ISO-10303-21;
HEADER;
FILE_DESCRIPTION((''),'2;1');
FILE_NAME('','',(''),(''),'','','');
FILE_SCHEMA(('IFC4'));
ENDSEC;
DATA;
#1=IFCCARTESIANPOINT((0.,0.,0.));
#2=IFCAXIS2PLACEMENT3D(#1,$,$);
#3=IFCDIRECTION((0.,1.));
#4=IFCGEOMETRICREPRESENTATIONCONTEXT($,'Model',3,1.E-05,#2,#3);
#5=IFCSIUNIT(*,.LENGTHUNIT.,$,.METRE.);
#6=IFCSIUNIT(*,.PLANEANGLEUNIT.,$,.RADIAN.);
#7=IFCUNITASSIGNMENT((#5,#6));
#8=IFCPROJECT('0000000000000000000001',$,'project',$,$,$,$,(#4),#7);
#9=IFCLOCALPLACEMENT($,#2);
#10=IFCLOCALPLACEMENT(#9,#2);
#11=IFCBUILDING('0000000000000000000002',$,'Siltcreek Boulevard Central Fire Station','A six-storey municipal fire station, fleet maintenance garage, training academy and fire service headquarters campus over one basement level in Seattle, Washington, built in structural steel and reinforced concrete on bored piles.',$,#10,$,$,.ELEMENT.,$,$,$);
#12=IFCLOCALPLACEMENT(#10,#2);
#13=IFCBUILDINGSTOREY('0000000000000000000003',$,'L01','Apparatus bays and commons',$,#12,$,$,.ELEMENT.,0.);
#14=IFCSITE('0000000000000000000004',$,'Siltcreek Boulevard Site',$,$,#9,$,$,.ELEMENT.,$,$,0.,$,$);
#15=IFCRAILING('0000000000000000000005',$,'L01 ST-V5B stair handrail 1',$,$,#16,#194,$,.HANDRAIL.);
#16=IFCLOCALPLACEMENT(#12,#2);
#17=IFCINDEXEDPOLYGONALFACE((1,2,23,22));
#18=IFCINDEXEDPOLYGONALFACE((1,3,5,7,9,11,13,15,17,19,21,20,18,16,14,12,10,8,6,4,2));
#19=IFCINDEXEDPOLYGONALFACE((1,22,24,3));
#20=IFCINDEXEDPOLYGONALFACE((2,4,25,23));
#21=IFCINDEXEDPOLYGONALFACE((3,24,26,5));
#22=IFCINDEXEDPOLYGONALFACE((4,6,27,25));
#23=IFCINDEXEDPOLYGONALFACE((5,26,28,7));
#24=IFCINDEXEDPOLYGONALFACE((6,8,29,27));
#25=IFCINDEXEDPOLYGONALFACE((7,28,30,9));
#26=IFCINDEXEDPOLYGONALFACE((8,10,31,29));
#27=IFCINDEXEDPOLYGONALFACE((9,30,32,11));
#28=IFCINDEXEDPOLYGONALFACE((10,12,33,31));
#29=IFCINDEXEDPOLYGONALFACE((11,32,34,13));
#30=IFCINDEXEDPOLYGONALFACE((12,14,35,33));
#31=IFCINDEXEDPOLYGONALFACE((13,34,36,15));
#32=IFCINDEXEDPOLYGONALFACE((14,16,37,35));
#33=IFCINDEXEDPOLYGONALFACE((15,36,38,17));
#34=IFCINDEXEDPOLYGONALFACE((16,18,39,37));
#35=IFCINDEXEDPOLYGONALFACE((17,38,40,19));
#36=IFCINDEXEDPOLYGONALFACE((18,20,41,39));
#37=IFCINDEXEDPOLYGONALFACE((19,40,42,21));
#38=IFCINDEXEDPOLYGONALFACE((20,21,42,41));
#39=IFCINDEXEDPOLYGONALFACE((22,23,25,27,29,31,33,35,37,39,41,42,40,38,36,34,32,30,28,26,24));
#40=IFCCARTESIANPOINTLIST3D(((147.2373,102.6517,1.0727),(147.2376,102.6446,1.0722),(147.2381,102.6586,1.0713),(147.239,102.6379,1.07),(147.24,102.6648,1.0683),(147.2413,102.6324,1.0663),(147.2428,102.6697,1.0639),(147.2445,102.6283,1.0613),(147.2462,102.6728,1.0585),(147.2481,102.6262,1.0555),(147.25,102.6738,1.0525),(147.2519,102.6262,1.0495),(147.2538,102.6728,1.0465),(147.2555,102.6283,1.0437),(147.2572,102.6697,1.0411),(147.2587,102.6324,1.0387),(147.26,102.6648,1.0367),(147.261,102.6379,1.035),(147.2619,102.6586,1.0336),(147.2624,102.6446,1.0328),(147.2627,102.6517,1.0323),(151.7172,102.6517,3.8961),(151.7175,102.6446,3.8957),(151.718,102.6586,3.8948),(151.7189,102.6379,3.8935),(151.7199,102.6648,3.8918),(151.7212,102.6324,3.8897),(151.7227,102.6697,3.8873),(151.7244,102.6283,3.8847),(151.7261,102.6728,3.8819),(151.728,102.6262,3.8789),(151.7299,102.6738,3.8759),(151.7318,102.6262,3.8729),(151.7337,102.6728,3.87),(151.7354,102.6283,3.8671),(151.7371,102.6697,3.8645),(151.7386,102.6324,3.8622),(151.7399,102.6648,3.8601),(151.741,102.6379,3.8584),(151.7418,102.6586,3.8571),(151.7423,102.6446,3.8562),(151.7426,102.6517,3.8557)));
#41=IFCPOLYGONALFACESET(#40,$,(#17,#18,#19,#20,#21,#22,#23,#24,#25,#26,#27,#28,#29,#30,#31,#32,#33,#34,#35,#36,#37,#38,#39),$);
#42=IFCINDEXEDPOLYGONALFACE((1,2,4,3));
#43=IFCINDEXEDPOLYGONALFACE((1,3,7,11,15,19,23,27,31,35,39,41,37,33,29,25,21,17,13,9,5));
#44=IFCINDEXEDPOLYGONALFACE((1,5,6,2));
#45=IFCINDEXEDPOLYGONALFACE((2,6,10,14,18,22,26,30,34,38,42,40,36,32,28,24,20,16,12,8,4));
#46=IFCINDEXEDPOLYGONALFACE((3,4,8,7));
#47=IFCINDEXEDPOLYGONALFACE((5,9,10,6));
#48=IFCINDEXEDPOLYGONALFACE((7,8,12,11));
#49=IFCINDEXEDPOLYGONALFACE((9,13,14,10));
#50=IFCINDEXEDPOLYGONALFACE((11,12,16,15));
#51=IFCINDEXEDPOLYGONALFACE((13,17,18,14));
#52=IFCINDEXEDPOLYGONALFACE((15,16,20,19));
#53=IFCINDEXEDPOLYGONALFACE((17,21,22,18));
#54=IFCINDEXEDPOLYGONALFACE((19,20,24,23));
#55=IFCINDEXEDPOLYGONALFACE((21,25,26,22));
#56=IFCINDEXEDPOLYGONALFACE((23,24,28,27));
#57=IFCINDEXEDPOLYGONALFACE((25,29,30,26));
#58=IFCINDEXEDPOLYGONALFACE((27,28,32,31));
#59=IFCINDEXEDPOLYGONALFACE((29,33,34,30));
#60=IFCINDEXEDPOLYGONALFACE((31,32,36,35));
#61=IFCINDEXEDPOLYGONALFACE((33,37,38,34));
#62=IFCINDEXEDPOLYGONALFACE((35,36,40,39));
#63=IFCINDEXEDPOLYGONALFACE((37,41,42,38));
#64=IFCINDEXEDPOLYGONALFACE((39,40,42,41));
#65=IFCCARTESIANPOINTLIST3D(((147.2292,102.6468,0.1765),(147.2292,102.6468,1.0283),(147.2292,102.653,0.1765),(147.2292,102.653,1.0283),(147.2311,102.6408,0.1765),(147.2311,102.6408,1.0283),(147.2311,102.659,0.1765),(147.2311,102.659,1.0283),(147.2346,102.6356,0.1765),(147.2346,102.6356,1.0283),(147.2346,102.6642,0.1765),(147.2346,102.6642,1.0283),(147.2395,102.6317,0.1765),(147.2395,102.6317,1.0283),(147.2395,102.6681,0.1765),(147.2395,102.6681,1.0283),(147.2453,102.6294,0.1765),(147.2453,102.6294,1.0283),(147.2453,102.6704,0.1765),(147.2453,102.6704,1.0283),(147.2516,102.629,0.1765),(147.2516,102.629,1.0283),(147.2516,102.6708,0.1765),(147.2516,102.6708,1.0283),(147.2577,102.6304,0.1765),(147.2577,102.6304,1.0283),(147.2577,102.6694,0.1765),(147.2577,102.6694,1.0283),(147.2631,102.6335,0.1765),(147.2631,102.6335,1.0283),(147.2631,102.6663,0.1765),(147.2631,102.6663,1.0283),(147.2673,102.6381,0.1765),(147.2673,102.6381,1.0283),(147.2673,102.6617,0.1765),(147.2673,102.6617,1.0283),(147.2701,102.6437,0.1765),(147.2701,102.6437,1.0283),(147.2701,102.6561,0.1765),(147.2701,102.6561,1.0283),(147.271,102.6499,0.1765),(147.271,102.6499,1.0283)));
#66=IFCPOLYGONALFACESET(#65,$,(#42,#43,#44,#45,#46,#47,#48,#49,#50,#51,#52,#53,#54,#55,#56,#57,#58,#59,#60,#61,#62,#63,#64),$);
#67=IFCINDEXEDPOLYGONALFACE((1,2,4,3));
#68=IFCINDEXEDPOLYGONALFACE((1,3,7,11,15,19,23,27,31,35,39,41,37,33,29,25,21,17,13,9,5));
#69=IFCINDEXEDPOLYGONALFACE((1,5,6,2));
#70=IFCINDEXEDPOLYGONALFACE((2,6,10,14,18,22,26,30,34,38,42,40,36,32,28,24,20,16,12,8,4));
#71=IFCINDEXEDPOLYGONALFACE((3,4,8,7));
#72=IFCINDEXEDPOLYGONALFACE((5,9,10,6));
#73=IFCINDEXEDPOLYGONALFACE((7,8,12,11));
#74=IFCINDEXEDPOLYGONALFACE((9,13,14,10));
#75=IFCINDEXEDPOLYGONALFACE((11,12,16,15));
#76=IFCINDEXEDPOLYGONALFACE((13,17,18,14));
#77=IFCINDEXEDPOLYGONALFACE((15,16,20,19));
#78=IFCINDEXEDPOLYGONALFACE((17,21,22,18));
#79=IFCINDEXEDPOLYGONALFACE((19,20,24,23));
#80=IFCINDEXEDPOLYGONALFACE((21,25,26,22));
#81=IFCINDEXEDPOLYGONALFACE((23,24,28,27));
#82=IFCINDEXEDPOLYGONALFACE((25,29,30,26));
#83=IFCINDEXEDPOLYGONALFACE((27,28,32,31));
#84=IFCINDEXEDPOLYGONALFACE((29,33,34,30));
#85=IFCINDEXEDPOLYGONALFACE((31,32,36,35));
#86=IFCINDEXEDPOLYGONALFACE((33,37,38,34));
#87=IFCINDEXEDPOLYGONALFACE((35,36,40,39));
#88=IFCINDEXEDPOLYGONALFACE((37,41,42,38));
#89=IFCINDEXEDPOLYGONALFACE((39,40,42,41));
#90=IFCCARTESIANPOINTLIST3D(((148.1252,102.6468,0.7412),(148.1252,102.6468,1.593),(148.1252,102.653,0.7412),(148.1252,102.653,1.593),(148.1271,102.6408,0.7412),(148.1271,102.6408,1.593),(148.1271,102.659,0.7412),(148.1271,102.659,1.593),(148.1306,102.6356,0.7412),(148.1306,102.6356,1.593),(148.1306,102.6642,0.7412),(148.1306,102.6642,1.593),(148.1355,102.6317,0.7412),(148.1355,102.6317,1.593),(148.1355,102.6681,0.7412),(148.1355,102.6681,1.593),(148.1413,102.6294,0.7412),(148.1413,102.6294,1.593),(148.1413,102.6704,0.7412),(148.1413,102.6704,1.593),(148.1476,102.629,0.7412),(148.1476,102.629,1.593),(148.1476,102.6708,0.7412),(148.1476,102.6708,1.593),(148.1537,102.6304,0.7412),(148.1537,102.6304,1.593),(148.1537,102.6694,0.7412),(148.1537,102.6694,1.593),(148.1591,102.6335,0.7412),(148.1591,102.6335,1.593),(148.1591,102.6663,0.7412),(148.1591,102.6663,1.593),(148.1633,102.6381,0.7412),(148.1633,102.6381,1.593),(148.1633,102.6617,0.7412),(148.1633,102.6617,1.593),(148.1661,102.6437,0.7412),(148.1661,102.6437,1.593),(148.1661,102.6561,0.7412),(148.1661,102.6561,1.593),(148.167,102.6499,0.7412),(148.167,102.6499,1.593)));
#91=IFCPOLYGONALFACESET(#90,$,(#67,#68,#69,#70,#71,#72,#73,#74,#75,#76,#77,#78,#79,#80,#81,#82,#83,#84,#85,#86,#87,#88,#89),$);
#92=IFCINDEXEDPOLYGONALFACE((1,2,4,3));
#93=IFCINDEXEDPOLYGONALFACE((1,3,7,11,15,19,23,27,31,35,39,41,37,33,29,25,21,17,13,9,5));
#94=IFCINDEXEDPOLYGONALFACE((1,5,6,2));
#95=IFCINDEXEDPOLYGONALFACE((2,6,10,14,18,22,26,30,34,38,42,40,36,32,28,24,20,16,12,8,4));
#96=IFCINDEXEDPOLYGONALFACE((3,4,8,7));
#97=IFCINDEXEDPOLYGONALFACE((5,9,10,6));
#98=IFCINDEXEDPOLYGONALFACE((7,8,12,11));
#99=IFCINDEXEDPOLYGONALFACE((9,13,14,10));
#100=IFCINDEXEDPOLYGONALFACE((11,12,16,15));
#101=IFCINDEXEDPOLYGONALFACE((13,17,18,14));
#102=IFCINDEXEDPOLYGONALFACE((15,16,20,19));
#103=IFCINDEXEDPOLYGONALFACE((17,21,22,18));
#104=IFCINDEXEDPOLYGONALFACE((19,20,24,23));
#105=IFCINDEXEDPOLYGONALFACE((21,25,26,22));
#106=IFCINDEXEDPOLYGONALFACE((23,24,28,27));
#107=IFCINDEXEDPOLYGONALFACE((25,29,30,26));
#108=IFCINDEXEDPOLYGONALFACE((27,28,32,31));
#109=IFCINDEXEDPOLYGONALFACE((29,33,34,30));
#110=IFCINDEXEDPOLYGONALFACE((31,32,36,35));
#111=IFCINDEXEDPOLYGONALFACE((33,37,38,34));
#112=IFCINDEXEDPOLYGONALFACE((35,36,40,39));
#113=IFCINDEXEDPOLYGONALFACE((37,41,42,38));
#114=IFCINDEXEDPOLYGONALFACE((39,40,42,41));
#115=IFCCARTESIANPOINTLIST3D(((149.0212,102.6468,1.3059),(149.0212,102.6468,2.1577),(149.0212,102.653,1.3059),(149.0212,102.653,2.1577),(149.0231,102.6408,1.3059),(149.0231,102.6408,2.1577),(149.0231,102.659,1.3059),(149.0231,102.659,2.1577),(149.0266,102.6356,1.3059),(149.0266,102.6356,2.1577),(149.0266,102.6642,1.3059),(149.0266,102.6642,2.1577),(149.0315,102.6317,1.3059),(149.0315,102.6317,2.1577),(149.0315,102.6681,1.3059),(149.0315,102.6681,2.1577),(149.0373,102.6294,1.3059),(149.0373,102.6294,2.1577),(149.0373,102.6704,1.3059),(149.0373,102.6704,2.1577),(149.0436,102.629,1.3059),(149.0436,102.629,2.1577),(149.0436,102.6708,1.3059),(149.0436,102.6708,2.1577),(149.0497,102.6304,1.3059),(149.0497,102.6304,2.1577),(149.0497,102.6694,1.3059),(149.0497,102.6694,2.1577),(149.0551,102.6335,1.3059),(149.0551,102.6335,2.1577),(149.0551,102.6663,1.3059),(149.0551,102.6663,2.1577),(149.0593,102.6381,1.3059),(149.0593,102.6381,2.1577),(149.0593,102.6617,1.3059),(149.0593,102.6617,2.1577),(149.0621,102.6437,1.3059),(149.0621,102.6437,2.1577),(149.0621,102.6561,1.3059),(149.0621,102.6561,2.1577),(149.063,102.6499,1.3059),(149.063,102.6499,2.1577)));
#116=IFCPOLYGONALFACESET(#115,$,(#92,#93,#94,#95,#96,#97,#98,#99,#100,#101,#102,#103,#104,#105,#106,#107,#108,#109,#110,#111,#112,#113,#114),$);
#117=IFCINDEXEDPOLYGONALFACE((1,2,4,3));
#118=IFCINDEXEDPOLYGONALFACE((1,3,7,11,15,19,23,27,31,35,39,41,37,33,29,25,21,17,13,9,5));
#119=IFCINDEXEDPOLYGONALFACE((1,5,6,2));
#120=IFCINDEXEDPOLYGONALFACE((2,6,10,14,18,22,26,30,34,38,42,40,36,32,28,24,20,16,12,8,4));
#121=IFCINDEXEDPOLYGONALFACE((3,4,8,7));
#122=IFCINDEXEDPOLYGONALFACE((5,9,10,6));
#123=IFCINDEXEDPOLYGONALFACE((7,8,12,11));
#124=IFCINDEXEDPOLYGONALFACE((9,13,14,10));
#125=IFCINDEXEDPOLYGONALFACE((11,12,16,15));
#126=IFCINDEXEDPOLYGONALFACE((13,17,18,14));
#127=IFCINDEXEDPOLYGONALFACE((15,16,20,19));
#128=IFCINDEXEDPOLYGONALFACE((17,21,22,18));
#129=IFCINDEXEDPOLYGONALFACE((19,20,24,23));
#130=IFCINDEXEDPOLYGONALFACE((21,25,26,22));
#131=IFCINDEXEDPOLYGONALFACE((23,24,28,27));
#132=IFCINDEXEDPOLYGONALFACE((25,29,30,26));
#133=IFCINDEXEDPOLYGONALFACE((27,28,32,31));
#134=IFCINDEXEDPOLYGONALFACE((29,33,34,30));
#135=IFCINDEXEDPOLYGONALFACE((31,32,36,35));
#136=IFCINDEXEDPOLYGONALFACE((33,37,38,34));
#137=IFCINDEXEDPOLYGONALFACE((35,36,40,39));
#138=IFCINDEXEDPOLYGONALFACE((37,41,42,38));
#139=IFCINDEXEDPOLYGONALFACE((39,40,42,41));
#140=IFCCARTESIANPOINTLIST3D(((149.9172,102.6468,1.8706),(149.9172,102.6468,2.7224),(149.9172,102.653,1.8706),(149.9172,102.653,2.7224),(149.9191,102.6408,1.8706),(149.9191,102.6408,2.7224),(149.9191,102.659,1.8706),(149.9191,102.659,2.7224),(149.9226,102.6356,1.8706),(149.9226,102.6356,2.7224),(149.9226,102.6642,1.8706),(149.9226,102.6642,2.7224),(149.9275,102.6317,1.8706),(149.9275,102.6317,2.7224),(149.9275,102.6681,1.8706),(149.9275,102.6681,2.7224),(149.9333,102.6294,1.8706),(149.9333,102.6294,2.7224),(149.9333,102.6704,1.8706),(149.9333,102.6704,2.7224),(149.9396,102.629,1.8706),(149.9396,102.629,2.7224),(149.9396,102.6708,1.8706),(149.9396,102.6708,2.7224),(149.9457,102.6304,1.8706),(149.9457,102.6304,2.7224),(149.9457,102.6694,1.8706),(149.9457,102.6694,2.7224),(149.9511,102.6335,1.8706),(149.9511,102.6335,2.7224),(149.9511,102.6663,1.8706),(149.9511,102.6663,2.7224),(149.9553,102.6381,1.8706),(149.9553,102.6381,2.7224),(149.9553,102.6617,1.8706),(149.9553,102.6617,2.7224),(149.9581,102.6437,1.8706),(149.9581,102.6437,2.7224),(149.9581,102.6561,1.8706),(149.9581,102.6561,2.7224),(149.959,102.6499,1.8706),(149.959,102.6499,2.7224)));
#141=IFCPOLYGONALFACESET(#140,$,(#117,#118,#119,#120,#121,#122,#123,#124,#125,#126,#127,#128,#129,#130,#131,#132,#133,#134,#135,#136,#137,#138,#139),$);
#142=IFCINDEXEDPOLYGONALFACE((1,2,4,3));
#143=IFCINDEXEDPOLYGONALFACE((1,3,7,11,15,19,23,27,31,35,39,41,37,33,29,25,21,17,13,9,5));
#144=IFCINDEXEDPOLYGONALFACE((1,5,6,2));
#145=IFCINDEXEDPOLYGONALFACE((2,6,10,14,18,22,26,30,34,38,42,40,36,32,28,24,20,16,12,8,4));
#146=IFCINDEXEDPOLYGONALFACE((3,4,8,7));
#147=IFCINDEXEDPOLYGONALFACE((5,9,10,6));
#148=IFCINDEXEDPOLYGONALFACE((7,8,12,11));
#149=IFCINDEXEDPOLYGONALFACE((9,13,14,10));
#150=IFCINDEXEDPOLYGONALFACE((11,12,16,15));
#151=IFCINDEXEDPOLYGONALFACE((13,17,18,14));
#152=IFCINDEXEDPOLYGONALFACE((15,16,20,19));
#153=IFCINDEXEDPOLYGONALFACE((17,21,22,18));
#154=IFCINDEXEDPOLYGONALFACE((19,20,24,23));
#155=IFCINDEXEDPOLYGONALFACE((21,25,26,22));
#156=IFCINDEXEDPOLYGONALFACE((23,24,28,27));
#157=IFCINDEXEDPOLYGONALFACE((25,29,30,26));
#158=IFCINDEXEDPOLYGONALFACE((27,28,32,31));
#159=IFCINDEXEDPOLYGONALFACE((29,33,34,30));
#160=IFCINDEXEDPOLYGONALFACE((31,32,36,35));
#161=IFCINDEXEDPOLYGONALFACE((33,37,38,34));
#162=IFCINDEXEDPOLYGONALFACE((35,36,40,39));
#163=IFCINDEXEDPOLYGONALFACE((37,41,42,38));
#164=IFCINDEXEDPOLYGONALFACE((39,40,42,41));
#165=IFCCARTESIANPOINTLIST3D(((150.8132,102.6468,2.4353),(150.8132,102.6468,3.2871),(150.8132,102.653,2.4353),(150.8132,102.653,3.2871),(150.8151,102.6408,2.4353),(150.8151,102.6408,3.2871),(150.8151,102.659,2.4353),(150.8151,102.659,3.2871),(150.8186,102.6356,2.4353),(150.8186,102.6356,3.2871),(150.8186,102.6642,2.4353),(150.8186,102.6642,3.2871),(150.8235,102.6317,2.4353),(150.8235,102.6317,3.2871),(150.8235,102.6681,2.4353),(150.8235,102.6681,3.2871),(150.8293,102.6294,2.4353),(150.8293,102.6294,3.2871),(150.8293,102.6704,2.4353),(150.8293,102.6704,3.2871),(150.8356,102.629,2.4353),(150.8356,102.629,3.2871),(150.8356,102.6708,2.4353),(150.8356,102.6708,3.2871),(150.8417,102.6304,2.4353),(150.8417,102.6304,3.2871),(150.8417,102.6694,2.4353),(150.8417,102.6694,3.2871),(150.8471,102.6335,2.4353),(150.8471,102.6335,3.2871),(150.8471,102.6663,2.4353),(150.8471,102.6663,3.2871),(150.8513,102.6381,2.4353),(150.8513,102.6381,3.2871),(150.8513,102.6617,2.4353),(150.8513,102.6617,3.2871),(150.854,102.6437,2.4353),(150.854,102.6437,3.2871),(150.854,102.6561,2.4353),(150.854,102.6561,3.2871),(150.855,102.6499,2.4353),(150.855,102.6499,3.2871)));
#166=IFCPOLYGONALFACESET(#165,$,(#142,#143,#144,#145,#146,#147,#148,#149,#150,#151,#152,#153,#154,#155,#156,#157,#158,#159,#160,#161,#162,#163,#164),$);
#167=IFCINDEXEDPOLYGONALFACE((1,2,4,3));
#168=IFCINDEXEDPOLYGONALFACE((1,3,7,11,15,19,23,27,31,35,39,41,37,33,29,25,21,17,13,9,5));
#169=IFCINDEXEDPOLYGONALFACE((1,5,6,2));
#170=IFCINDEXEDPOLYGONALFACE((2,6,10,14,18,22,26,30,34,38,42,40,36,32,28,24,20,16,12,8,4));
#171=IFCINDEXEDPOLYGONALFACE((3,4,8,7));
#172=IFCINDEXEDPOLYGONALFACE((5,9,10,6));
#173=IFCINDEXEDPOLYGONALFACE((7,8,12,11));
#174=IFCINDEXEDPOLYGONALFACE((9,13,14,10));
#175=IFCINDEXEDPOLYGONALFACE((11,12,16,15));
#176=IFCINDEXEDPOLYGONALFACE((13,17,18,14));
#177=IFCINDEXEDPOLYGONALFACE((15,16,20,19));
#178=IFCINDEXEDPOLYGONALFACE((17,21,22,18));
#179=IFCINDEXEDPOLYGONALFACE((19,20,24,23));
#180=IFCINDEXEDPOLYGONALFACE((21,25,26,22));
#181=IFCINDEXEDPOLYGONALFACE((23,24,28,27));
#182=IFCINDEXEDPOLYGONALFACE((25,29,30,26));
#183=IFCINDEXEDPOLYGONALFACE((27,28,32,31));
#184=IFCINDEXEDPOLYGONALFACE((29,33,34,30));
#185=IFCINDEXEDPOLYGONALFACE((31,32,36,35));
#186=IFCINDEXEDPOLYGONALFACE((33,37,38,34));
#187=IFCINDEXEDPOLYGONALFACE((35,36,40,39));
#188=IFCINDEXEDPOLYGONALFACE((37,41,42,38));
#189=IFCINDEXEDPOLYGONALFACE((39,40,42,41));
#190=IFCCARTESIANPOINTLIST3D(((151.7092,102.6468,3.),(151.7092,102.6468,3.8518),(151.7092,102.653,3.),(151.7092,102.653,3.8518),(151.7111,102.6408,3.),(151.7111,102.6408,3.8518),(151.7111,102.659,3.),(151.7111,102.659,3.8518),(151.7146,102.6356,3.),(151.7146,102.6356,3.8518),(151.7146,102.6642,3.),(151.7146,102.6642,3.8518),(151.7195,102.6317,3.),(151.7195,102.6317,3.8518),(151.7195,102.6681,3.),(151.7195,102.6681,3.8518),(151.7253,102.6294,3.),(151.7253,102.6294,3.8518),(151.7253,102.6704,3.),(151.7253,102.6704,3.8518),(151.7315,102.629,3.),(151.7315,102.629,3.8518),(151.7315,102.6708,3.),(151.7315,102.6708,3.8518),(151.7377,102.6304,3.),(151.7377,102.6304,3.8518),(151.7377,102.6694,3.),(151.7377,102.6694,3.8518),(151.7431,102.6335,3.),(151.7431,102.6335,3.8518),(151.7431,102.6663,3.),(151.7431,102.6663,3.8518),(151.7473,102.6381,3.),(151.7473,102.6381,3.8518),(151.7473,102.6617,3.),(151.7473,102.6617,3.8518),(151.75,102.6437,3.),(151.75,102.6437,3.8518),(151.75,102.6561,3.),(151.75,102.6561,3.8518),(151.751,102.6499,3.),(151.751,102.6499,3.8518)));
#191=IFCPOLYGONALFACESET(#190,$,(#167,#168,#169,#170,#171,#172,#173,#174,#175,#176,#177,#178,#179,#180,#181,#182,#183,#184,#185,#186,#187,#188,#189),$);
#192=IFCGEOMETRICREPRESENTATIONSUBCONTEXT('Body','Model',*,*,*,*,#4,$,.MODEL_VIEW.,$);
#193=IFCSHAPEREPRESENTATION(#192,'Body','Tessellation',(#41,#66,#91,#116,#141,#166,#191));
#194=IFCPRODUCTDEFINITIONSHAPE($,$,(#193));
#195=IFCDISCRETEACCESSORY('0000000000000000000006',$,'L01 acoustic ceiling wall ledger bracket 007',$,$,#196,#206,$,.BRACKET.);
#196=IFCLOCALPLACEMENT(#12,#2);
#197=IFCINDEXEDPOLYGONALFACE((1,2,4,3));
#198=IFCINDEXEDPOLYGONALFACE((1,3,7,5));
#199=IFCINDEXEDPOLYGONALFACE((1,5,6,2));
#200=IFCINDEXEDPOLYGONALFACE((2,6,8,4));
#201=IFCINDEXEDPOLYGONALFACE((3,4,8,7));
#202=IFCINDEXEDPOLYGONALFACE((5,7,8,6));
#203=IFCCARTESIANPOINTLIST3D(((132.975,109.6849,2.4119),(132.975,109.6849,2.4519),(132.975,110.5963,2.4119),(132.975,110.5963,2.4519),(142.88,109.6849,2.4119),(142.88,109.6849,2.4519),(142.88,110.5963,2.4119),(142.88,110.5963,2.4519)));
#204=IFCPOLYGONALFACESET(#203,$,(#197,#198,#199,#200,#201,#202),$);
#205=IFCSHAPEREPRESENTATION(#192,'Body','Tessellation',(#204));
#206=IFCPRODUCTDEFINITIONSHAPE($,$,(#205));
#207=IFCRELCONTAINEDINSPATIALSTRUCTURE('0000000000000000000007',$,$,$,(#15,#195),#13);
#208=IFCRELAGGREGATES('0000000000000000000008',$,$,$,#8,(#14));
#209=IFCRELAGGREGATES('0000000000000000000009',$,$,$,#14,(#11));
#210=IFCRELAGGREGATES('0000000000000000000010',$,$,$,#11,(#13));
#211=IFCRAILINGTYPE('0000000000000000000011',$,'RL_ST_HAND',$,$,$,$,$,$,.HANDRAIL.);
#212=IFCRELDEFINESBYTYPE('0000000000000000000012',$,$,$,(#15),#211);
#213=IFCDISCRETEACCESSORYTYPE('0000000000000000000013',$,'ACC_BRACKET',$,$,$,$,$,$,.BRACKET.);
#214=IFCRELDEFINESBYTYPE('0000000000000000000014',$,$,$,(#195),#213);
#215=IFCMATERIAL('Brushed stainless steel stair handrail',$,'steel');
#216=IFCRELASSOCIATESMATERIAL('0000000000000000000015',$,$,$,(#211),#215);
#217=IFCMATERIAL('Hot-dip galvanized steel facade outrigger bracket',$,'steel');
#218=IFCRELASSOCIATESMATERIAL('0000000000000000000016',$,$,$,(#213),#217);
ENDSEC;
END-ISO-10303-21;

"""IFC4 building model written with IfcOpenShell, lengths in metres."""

from ifc_helpers import new_model, si_unit, direction, frame, origin, origin_2d, place, context, subcontext, project, spatial, rectangle, circle, extrude, material, type_object, element, save


model = new_model("IFC4")

# Units and contexts
model_context = context("Model", 3, precision=1e-05, world=origin(), true_north=direction((0.0, 1.0)))
body_context = subcontext(model_context, "Body", "Model", "MODEL_VIEW")
ifc_project = project(units=[si_unit("LENGTHUNIT", "METRE"), si_unit("PLANEANGLEUNIT", "RADIAN")], contexts=[model_context])

# Site, building, storey
site_placement = place(None, origin())
site = spatial("IfcSite", under=ifc_project, at=site_placement, Name="Siltcreek Boulevard Site", CompositionType="ELEMENT", RefElevation=0.0)
building_placement = place(site_placement, origin())
building = spatial("IfcBuilding", under=site, at=building_placement, Name="Siltcreek Boulevard Central Fire Station", Description="A six-storey municipal fire station, fleet maintenance garage, training academy and fire service headquarters campus over one basement level in Seattle, Washington, built in structural steel and reinforced concrete on bored piles.", CompositionType="ELEMENT")
storey_placement = place(building_placement, origin())
storey = spatial("IfcBuildingStorey", under=building, at=storey_placement, Name="L01", Description="Apparatus bays and commons", CompositionType="ELEMENT", Elevation=0.0)

# Railing
ifc_material_1 = material(Name="Brushed stainless steel stair handrail", Category="steel")
railing_type_1 = type_object("IfcRailingType", Name="RL_ST_HAND", PredefinedType="HANDRAIL", material=ifc_material_1)
railing_1_placement = place(storey_placement, frame((147.25, 102.6499, 0.1765)))
element("IfcRailing", 1, at=railing_1_placement, inside=storey, type_object=railing_type_1, Name="L01 ST-V5B stair handrail 1", PredefinedType="HANDRAIL", context=body_context, shape_type="SweptSolid", body=[
    extrude(circle(Radius=0.0239, at=origin_2d()), frame((0.0, 0.0, 0.876), z_axis=(0.845998, 0.0, 0.533186), x_axis=(0.0, 1.0, 0.0)), (0.0, 0.0, 1.0), 5.2954),
    extrude(circle(Radius=0.021, at=origin_2d()), origin(), (0.0, 0.0, 1.0), 0.8518),
    extrude(circle(Radius=0.021, at=origin_2d()), frame((0.896, 0.0, 0.5647)), (0.0, 0.0, 1.0), 0.8518),
    extrude(circle(Radius=0.021, at=origin_2d()), frame((1.792, 0.0, 1.1294)), (0.0, 0.0, 1.0), 0.8518),
    extrude(circle(Radius=0.021, at=origin_2d()), frame((2.688, 0.0, 1.6941)), (0.0, 0.0, 1.0), 0.8518),
    extrude(circle(Radius=0.021, at=origin_2d()), frame((3.584, 0.0, 2.2588)), (0.0, 0.0, 1.0), 0.8518),
    extrude(circle(Radius=0.021, at=origin_2d()), frame((4.48, 0.0, 2.8235)), (0.0, 0.0, 1.0), 0.8518),
])

# Discrete accessory
ifc_material_2 = material(Name="Hot-dip galvanized steel facade outrigger bracket", Category="steel")
discrete_accessory_type = type_object("IfcDiscreteAccessoryType", Name="ACC_BRACKET", PredefinedType="BRACKET", material=ifc_material_2)
discrete_accessory_placement = place(storey_placement, frame((137.9275, 110.1406, 2.4119), z_axis=(0.0, 0.0, 1.0), x_axis=(1.0, 0.0, 0.0)))
element("IfcDiscreteAccessory", 2, at=discrete_accessory_placement, inside=storey, type_object=discrete_accessory_type, Name="L01 acoustic ceiling wall ledger bracket 007", PredefinedType="BRACKET", context=body_context, shape_type="SweptSolid", body=[
    extrude(rectangle(XDim=9.905, YDim=0.9114, at=origin_2d()), origin(), (0.0, 0.0, 1.0), 0.04),
])

save(model, "model.ifc")
